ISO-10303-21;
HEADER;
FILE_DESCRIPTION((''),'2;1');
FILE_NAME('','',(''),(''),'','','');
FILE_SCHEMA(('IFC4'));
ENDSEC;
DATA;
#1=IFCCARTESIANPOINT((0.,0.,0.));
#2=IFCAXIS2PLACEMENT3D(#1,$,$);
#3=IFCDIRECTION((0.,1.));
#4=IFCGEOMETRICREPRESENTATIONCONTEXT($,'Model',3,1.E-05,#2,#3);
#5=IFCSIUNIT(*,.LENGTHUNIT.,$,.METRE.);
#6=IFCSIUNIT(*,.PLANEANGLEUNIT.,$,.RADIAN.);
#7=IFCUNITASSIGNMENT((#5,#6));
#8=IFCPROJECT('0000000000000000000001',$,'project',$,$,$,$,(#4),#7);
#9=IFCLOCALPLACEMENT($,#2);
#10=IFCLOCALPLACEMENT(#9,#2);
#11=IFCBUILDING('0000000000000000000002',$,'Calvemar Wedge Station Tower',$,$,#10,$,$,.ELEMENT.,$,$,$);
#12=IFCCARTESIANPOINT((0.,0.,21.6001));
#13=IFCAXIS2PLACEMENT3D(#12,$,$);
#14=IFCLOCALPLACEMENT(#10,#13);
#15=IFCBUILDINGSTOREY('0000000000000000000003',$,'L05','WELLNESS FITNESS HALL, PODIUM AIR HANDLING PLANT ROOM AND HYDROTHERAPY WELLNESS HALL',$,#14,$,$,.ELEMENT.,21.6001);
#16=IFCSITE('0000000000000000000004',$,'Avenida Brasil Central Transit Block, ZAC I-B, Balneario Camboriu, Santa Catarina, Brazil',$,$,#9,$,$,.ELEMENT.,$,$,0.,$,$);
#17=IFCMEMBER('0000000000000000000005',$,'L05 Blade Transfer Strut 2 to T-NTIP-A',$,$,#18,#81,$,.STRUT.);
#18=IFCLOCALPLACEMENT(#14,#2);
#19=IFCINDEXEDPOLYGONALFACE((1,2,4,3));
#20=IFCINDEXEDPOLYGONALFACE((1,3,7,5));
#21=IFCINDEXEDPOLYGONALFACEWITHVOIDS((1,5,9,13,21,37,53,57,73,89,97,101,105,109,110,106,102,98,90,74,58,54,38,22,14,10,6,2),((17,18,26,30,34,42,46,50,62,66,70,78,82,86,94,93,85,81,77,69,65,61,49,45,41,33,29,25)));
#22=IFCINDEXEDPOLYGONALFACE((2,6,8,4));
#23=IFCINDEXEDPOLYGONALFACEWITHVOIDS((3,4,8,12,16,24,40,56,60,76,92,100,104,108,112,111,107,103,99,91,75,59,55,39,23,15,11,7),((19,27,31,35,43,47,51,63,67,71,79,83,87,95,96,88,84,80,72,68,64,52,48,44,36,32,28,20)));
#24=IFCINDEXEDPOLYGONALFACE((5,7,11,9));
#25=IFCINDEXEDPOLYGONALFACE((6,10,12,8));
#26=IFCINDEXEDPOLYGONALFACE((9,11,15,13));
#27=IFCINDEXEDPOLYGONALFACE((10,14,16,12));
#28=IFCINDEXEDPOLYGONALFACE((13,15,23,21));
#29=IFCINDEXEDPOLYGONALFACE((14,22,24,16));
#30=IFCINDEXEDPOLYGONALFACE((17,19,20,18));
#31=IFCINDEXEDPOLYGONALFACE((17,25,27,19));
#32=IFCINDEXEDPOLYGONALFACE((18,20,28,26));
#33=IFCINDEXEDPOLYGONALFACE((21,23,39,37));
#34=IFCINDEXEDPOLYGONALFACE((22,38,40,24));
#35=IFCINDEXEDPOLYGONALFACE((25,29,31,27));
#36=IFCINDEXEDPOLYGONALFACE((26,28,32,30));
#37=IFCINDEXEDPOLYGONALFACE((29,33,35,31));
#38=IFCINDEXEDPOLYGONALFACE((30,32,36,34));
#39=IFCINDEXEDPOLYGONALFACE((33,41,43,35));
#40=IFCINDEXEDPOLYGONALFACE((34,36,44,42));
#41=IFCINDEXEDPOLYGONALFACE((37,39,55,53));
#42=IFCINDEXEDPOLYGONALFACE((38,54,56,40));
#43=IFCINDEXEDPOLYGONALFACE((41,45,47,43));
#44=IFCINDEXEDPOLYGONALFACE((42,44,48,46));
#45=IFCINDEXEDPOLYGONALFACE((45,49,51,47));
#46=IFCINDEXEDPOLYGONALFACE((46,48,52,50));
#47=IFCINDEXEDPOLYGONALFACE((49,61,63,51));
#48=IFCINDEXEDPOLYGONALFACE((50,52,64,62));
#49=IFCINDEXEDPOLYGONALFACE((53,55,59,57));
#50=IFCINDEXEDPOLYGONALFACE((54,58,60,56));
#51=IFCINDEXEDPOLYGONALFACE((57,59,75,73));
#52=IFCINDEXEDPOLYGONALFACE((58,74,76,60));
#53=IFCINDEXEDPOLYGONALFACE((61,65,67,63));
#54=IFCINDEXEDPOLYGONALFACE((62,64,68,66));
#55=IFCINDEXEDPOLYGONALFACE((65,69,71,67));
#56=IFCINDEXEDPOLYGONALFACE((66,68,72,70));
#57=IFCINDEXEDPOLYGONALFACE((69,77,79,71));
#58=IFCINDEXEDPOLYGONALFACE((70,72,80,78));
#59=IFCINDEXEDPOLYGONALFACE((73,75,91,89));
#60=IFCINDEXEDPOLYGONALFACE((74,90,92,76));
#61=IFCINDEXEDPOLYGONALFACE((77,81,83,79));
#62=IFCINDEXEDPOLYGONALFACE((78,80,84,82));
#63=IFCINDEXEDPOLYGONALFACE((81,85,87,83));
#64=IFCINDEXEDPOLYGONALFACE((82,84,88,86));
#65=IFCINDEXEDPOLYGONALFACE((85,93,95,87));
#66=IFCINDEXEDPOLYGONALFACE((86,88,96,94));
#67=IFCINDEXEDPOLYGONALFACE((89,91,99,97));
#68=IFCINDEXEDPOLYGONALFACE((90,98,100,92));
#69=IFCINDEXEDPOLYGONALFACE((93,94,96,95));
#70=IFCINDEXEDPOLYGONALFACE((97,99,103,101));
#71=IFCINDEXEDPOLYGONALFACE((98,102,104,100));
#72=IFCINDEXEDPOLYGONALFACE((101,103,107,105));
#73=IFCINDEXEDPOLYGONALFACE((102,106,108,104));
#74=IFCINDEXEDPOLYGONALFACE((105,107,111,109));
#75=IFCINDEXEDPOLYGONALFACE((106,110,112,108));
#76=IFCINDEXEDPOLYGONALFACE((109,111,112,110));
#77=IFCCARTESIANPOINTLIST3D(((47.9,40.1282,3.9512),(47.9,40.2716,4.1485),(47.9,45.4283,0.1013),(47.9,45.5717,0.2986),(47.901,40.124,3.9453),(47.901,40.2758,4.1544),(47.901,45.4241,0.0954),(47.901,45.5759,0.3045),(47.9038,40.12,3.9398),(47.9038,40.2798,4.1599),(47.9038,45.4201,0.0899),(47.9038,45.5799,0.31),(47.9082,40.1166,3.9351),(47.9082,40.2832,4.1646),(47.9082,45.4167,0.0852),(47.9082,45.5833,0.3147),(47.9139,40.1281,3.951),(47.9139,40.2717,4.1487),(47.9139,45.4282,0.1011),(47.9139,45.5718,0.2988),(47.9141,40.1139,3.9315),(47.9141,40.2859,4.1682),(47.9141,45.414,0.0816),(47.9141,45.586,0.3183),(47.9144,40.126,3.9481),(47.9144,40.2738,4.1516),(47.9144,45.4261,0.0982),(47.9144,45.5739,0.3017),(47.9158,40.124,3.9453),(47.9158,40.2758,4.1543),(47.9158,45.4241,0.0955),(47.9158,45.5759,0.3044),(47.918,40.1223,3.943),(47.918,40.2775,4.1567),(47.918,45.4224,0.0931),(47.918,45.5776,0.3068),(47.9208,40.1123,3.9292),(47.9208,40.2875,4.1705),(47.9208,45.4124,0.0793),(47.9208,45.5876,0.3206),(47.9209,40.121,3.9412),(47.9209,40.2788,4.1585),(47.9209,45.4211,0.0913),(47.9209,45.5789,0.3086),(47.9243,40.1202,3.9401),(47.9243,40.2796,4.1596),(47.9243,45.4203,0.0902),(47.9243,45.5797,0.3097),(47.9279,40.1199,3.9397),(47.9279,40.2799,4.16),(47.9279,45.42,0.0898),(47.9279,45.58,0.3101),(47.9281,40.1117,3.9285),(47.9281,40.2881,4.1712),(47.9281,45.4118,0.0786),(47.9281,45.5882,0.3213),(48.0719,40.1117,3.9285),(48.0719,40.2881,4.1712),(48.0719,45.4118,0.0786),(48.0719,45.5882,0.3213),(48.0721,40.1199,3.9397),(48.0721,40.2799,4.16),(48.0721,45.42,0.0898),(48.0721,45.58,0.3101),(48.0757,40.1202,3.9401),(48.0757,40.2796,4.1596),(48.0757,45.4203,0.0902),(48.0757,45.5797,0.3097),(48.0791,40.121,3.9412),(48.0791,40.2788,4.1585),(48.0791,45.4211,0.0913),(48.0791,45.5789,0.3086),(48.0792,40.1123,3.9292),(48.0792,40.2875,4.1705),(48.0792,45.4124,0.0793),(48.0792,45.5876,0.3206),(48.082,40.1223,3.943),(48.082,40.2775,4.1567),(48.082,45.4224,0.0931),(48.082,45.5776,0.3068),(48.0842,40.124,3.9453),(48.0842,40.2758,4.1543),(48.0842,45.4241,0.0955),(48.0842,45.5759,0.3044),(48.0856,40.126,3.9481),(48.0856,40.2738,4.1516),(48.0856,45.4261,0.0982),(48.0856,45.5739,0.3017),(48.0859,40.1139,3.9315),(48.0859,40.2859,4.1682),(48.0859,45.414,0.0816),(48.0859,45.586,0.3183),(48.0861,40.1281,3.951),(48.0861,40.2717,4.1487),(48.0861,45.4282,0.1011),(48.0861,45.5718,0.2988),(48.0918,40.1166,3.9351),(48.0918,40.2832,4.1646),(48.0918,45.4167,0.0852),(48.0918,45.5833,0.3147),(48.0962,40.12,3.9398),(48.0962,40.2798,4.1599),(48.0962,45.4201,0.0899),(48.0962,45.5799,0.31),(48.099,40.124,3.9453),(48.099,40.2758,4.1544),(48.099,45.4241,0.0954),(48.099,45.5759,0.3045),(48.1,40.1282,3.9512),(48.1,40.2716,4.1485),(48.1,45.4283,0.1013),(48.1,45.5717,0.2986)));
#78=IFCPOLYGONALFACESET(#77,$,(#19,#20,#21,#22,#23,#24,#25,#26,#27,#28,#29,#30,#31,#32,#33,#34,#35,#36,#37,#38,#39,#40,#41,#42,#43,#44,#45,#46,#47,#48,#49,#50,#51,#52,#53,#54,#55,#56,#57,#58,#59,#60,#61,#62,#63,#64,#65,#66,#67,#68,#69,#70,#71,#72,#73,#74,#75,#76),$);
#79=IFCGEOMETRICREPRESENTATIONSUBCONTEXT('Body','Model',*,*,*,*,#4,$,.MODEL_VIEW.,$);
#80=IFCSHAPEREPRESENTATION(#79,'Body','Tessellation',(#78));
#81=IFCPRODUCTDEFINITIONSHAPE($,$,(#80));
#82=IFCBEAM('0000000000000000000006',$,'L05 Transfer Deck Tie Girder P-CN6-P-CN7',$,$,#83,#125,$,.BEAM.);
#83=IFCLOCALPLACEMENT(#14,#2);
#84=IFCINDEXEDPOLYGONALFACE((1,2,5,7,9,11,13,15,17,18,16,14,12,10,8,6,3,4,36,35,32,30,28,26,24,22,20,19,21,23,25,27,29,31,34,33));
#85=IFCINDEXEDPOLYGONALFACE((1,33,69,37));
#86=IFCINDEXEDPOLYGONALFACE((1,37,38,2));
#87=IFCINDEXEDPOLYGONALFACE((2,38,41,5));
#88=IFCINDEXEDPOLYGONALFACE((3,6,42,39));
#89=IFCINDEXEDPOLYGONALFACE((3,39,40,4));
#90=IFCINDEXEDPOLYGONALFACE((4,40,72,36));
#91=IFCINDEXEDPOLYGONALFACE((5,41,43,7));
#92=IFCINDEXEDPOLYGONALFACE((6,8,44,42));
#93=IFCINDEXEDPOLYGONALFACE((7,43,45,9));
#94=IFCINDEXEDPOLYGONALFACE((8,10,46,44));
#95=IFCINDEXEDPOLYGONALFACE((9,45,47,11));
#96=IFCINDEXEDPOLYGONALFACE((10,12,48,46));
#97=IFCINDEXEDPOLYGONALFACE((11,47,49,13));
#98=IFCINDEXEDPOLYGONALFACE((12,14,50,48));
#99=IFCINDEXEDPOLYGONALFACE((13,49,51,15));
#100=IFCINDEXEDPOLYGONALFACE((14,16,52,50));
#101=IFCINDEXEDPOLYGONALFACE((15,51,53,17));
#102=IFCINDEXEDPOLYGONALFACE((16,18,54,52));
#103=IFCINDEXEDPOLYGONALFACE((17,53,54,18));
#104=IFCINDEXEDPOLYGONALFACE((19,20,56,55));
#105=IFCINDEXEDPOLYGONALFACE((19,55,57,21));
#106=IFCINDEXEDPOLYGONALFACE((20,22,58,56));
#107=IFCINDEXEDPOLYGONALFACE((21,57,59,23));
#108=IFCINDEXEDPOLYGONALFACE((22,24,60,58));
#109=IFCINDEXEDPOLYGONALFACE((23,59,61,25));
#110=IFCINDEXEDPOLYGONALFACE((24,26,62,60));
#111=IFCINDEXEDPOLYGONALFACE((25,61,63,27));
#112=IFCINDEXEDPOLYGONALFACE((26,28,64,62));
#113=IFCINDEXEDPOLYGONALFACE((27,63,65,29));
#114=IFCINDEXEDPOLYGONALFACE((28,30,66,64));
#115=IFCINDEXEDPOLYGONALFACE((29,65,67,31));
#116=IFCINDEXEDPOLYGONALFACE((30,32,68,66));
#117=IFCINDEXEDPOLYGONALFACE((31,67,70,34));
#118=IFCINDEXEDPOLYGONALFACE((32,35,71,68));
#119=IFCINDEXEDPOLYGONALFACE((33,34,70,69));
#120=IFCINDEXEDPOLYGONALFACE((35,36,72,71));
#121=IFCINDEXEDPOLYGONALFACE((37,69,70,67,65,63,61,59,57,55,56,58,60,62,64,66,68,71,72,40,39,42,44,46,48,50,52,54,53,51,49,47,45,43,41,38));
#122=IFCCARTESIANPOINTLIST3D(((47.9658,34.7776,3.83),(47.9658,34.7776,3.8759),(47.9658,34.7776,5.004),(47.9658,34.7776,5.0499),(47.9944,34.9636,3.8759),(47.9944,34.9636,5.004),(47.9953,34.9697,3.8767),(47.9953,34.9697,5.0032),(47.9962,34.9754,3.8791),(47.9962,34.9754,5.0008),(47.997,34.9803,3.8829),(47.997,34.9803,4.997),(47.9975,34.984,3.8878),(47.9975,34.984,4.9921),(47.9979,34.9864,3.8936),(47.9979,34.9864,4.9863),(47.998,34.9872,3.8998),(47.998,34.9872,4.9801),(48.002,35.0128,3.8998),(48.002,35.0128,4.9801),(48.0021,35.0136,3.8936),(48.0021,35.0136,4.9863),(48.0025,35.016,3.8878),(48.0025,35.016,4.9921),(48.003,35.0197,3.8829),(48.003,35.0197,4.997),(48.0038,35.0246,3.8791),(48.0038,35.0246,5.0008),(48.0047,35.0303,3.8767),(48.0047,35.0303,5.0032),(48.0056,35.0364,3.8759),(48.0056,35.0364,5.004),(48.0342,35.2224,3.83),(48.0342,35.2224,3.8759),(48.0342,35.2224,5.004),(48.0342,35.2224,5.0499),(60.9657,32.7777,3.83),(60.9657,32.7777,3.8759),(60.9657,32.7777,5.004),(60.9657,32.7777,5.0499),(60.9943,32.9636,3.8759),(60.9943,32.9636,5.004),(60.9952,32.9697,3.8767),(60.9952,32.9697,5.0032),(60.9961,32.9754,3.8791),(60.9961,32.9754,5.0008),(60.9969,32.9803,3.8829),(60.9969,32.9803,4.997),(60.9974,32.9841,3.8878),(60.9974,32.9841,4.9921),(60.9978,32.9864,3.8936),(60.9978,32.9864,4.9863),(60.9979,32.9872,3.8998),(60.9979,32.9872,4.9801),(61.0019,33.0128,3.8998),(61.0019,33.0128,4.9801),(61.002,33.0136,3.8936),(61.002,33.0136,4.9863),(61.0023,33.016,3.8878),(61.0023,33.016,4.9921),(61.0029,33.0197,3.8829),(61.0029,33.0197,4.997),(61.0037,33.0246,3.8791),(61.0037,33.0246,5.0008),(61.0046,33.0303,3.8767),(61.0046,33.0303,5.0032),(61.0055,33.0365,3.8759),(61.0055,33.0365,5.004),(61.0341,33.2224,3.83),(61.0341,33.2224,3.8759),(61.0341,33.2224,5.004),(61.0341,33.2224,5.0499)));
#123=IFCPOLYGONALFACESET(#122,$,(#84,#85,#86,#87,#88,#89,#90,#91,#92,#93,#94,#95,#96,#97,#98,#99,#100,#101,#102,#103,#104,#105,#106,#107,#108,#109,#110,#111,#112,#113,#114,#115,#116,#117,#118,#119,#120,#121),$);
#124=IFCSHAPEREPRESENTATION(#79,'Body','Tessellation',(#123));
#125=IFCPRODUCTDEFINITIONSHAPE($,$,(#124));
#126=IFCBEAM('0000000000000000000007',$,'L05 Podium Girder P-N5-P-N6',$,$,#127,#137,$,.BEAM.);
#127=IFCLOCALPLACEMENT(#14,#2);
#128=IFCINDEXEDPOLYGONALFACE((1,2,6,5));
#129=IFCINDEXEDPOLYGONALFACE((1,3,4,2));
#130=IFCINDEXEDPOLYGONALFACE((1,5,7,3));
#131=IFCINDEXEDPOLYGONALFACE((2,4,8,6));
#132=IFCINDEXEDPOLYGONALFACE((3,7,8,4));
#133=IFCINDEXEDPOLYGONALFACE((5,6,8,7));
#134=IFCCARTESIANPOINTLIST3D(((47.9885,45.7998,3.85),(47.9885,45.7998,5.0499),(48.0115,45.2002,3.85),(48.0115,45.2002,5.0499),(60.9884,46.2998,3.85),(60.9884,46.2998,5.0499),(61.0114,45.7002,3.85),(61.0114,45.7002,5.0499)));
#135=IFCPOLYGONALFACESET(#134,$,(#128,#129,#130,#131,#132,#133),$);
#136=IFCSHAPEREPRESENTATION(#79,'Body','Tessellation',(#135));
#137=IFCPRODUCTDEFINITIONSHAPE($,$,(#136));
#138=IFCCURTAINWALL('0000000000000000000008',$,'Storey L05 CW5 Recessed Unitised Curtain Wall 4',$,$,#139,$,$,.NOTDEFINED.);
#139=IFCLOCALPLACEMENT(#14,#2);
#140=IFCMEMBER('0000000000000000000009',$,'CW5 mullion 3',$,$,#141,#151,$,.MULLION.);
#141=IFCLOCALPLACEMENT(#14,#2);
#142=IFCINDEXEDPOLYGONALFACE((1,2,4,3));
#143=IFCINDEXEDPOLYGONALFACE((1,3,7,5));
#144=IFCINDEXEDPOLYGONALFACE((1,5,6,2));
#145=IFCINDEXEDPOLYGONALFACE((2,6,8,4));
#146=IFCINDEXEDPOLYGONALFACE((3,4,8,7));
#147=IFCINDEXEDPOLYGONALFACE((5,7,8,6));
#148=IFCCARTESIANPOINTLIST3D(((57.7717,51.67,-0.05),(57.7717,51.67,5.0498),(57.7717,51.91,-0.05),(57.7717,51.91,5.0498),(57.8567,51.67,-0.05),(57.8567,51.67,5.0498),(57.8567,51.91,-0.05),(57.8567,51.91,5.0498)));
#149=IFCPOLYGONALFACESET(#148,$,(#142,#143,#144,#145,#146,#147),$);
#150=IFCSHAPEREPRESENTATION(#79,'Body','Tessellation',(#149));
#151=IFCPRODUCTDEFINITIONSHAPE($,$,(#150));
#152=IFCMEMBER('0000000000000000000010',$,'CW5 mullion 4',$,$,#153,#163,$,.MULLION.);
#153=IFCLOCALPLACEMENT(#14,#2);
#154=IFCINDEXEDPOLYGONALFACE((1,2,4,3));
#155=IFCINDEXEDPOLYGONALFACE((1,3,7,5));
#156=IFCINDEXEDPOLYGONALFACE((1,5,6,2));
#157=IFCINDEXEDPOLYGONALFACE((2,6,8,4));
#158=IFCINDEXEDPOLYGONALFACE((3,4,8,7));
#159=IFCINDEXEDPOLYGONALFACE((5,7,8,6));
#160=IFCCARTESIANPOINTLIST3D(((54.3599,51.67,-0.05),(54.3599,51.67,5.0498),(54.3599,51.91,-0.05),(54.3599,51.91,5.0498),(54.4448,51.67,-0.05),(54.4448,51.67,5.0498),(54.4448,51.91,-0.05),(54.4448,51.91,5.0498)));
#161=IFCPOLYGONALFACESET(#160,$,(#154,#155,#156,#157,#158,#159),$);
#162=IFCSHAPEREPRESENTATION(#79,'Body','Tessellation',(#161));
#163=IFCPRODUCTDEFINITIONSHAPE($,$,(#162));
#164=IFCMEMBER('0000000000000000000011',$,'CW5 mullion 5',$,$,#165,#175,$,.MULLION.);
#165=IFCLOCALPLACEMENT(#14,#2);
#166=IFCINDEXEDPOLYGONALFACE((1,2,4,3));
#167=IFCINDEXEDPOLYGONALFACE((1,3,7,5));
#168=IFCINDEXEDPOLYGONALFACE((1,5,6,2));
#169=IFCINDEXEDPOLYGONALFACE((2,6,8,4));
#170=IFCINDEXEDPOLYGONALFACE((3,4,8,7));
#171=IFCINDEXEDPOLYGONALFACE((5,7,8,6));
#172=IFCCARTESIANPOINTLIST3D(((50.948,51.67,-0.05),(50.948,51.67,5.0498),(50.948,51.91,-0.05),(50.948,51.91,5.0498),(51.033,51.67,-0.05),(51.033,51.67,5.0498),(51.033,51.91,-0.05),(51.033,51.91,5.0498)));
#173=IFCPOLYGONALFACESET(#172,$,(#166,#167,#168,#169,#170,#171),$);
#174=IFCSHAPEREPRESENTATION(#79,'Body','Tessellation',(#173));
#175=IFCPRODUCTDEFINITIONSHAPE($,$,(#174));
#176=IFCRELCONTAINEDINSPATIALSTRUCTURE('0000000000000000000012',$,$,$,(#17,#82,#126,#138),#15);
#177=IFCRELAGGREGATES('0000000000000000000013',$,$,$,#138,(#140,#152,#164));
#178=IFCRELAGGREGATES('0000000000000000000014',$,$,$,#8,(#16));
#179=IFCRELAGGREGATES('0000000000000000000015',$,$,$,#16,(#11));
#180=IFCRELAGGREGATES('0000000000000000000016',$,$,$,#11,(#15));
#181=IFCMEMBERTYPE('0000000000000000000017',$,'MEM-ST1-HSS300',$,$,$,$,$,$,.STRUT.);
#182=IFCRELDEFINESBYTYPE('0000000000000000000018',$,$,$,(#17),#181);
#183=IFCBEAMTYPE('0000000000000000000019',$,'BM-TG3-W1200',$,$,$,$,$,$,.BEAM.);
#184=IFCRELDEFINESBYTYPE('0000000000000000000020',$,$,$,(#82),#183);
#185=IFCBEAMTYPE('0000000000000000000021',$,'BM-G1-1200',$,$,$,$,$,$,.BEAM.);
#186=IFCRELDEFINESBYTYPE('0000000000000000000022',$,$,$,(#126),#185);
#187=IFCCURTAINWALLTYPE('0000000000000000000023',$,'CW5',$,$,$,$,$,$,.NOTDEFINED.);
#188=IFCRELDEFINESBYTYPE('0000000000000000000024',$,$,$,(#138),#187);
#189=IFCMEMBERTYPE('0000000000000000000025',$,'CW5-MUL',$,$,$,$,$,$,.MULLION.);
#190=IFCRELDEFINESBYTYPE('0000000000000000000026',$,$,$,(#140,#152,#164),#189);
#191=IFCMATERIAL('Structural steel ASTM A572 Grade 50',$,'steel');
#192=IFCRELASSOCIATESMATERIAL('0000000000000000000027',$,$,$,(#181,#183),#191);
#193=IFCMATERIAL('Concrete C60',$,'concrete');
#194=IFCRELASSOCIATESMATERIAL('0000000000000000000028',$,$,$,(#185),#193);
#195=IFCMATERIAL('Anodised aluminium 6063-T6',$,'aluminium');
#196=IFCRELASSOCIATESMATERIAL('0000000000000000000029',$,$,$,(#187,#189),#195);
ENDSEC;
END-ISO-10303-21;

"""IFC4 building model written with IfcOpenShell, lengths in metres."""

from ifc_helpers import new_model, si_unit, direction, frame, origin, origin_2d, place, context, subcontext, project, spatial, rectangle, hollow_rectangle, i_section, extrude, source, transform, mapped, material, material_profile, profile_set, type_object, element, aggregate, save


model = new_model("IFC4")

# Units and contexts
model_context = context("Model", 3, precision=1e-05, world=origin(), true_north=direction((0.0, 1.0)))
body_context = subcontext(model_context, "Body", "Model", "MODEL_VIEW")
ifc_project = project(units=[si_unit("LENGTHUNIT", "METRE"), si_unit("PLANEANGLEUNIT", "RADIAN")], contexts=[model_context])

# Site, building, storey
site_placement = place(None, origin())
site = spatial("IfcSite", under=ifc_project, at=site_placement, Name="Avenida Brasil Central Transit Block, ZAC I-B, Balneario Camboriu, Santa Catarina, Brazil", CompositionType="ELEMENT", RefElevation=0.0)
building_placement = place(site_placement, origin())
building = spatial("IfcBuilding", under=site, at=building_placement, Name="Calvemar Wedge Station Tower", CompositionType="ELEMENT")
storey_placement = place(building_placement, frame((0.0, 0.0, 21.6001)))
storey = spatial("IfcBuildingStorey", under=building, at=storey_placement, Name="L05", Description="WELLNESS FITNESS HALL, PODIUM AIR HANDLING PLANT ROOM AND HYDROTHERAPY WELLNESS HALL", CompositionType="ELEMENT", Elevation=21.6001)

# Member
ifc_material_1 = material(Name="Structural steel ASTM A572 Grade 50", Category="steel")
ifc_material_profile_1 = material_profile(ifc_material_1, hollow_rectangle(XDim=0.2, YDim=0.3, WallThickness=0.0139, InnerFilletRadius=0.0139, OuterFilletRadius=0.0281, at=origin_2d()), Name="HSS300x200x14")
ifc_profile_set_1 = profile_set([ifc_material_profile_1], Name="Structural steel ASTM A572 Grade 50")
member_type_1 = type_object("IfcMemberType", Name="MEM-ST1-HSS300", PredefinedType="STRUT", material=ifc_profile_set_1)
shared_shape_1 = source(origin(), body_context, "Body", "SweptSolid", [
    extrude(hollow_rectangle(XDim=0.2, YDim=0.3, WallThickness=0.0139, InnerFilletRadius=0.0139, OuterFilletRadius=0.0281, at=origin_2d()), origin(), (0.0, 0.0, 1.0), 6.5508),
])
member_1_placement = place(storey_placement, frame((48.0, 45.5, 0.2), z_axis=(0.0, -0.809079, 0.5877), x_axis=(1.0, 0.0, 0.0)))
element("IfcMember", 1, at=member_1_placement, inside=storey, type_object=member_type_1, Name="L05 Blade Transfer Strut 2 to T-NTIP-A", PredefinedType="STRUT", context=body_context, shape_type="MappedRepresentation", body=[
    mapped(shared_shape_1, transform((0.0, 0.0, 0.0), scale=1.0)),
])

# Beams
ifc_material_profile_2 = material_profile(ifc_material_1, i_section(OverallWidth=0.45, OverallDepth=1.22, WebThickness=0.0259, FlangeThickness=0.0459, FilletRadius=0.0239, at=origin_2d()), Name="W1200x540")
ifc_profile_set_2 = profile_set([ifc_material_profile_2], Name="Structural steel ASTM A572 Grade 50")
beam_type_1 = type_object("IfcBeamType", Name="BM-TG3-W1200", PredefinedType="BEAM", material=ifc_profile_set_2)
shared_shape_2 = source(origin(), body_context, "Body", "SweptSolid", [
    extrude(i_section(OverallWidth=0.45, OverallDepth=1.22, WebThickness=0.0259, FlangeThickness=0.0459, FilletRadius=0.0239, at=origin_2d()), origin(), (0.0, 0.0, 1.0), 13.1528),
])
beam_1_placement = place(storey_placement, frame((48.0, 35.0, 4.4399), z_axis=(0.988372, -0.152057, 0.0), x_axis=(0.152057, 0.988372, 0.0)))
element("IfcBeam", 2, at=beam_1_placement, inside=storey, type_object=beam_type_1, Name="L05 Transfer Deck Tie Girder P-CN6-P-CN7", PredefinedType="BEAM", context=body_context, shape_type="MappedRepresentation", body=[
    mapped(shared_shape_2, transform((0.0, 0.0, 0.0), scale=1.0)),
])
ifc_material_2 = material(Name="Concrete C60", Category="concrete")
ifc_material_profile_3 = material_profile(ifc_material_2, rectangle(XDim=0.6001, YDim=1.2, at=origin_2d()), Name="RC600x1200")
ifc_profile_set_3 = profile_set([ifc_material_profile_3], Name="Concrete C60")
beam_type_2 = type_object("IfcBeamType", Name="BM-G1-1200", PredefinedType="BEAM", material=ifc_profile_set_3)
shared_shape_3 = source(origin(), body_context, "Body", "SweptSolid", [
    extrude(rectangle(XDim=0.6001, YDim=1.2, at=origin_2d()), origin(), (0.0, 0.0, 1.0), 13.0095),
])
beam_2_placement = place(storey_placement, frame((48.0, 45.5, 4.45), z_axis=(0.999261, 0.038433, 0.0), x_axis=(-0.038433, 0.999261, 0.0)))
element("IfcBeam", 3, at=beam_2_placement, inside=storey, type_object=beam_type_2, Name="L05 Podium Girder P-N5-P-N6", PredefinedType="BEAM", context=body_context, shape_type="MappedRepresentation", body=[
    mapped(shared_shape_3, transform((0.0, 0.0, 0.0), scale=1.0)),
])

# Curtain wall, members
ifc_material_3 = material(Name="Anodised aluminium 6063-T6", Category="aluminium")
curtain_wall_type = type_object("IfcCurtainWallType", Name="CW5", PredefinedType="NOTDEFINED", material=ifc_material_3)
curtain_wall_placement = place(storey_placement, origin())
curtain_wall = element("IfcCurtainWall", 4, at=curtain_wall_placement, inside=storey, type_object=curtain_wall_type, Name="Storey L05 CW5 Recessed Unitised Curtain Wall 4", PredefinedType="NOTDEFINED")
ifc_material_profile_4 = material_profile(ifc_material_3, rectangle(XDim=0.085, YDim=0.24, at=origin_2d()), Name="AL-MUL-85x240")
ifc_profile_set_4 = profile_set([ifc_material_profile_4], Name="Anodised aluminium 6063-T6")
member_type_2 = type_object("IfcMemberType", Name="CW5-MUL", PredefinedType="MULLION", material=ifc_profile_set_4)
shared_shape_4 = source(origin(), body_context, "Body", "SweptSolid", [
    extrude(rectangle(XDim=0.085, YDim=0.24, at=origin_2d()), origin(), (0.0, 0.0, 1.0), 5.0999),
])
member_2_placement = place(storey_placement, frame((57.8142, 51.79, -0.05), z_axis=(0.0, 0.0, 1.0), x_axis=(1.0, 0.0, 0.0)))
member_2 = element("IfcMember", 5, at=member_2_placement, type_object=member_type_2, Name="CW5 mullion 3", PredefinedType="MULLION", context=body_context, shape_type="MappedRepresentation", body=[
    mapped(shared_shape_4, transform((0.0, 0.0, 0.0), scale=1.0)),
])
member_3_placement = place(storey_placement, frame((54.4023, 51.79, -0.05), z_axis=(0.0, 0.0, 1.0), x_axis=(1.0, 0.0, 0.0)))
member_3 = element("IfcMember", 6, at=member_3_placement, type_object=member_type_2, Name="CW5 mullion 4", PredefinedType="MULLION", context=body_context, shape_type="MappedRepresentation", body=[
    mapped(shared_shape_4, transform((0.0, 0.0, 0.0), scale=1.0)),
])
member_4_placement = place(storey_placement, frame((50.9905, 51.79, -0.05), z_axis=(0.0, 0.0, 1.0), x_axis=(1.0, 0.0, 0.0)))
member_4 = element("IfcMember", 7, at=member_4_placement, type_object=member_type_2, Name="CW5 mullion 5", PredefinedType="MULLION", context=body_context, shape_type="MappedRepresentation", body=[
    mapped(shared_shape_4, transform((0.0, 0.0, 0.0), scale=1.0)),
])
aggregate(curtain_wall, [member_2, member_3, member_4])

save(model, "model.ifc")
